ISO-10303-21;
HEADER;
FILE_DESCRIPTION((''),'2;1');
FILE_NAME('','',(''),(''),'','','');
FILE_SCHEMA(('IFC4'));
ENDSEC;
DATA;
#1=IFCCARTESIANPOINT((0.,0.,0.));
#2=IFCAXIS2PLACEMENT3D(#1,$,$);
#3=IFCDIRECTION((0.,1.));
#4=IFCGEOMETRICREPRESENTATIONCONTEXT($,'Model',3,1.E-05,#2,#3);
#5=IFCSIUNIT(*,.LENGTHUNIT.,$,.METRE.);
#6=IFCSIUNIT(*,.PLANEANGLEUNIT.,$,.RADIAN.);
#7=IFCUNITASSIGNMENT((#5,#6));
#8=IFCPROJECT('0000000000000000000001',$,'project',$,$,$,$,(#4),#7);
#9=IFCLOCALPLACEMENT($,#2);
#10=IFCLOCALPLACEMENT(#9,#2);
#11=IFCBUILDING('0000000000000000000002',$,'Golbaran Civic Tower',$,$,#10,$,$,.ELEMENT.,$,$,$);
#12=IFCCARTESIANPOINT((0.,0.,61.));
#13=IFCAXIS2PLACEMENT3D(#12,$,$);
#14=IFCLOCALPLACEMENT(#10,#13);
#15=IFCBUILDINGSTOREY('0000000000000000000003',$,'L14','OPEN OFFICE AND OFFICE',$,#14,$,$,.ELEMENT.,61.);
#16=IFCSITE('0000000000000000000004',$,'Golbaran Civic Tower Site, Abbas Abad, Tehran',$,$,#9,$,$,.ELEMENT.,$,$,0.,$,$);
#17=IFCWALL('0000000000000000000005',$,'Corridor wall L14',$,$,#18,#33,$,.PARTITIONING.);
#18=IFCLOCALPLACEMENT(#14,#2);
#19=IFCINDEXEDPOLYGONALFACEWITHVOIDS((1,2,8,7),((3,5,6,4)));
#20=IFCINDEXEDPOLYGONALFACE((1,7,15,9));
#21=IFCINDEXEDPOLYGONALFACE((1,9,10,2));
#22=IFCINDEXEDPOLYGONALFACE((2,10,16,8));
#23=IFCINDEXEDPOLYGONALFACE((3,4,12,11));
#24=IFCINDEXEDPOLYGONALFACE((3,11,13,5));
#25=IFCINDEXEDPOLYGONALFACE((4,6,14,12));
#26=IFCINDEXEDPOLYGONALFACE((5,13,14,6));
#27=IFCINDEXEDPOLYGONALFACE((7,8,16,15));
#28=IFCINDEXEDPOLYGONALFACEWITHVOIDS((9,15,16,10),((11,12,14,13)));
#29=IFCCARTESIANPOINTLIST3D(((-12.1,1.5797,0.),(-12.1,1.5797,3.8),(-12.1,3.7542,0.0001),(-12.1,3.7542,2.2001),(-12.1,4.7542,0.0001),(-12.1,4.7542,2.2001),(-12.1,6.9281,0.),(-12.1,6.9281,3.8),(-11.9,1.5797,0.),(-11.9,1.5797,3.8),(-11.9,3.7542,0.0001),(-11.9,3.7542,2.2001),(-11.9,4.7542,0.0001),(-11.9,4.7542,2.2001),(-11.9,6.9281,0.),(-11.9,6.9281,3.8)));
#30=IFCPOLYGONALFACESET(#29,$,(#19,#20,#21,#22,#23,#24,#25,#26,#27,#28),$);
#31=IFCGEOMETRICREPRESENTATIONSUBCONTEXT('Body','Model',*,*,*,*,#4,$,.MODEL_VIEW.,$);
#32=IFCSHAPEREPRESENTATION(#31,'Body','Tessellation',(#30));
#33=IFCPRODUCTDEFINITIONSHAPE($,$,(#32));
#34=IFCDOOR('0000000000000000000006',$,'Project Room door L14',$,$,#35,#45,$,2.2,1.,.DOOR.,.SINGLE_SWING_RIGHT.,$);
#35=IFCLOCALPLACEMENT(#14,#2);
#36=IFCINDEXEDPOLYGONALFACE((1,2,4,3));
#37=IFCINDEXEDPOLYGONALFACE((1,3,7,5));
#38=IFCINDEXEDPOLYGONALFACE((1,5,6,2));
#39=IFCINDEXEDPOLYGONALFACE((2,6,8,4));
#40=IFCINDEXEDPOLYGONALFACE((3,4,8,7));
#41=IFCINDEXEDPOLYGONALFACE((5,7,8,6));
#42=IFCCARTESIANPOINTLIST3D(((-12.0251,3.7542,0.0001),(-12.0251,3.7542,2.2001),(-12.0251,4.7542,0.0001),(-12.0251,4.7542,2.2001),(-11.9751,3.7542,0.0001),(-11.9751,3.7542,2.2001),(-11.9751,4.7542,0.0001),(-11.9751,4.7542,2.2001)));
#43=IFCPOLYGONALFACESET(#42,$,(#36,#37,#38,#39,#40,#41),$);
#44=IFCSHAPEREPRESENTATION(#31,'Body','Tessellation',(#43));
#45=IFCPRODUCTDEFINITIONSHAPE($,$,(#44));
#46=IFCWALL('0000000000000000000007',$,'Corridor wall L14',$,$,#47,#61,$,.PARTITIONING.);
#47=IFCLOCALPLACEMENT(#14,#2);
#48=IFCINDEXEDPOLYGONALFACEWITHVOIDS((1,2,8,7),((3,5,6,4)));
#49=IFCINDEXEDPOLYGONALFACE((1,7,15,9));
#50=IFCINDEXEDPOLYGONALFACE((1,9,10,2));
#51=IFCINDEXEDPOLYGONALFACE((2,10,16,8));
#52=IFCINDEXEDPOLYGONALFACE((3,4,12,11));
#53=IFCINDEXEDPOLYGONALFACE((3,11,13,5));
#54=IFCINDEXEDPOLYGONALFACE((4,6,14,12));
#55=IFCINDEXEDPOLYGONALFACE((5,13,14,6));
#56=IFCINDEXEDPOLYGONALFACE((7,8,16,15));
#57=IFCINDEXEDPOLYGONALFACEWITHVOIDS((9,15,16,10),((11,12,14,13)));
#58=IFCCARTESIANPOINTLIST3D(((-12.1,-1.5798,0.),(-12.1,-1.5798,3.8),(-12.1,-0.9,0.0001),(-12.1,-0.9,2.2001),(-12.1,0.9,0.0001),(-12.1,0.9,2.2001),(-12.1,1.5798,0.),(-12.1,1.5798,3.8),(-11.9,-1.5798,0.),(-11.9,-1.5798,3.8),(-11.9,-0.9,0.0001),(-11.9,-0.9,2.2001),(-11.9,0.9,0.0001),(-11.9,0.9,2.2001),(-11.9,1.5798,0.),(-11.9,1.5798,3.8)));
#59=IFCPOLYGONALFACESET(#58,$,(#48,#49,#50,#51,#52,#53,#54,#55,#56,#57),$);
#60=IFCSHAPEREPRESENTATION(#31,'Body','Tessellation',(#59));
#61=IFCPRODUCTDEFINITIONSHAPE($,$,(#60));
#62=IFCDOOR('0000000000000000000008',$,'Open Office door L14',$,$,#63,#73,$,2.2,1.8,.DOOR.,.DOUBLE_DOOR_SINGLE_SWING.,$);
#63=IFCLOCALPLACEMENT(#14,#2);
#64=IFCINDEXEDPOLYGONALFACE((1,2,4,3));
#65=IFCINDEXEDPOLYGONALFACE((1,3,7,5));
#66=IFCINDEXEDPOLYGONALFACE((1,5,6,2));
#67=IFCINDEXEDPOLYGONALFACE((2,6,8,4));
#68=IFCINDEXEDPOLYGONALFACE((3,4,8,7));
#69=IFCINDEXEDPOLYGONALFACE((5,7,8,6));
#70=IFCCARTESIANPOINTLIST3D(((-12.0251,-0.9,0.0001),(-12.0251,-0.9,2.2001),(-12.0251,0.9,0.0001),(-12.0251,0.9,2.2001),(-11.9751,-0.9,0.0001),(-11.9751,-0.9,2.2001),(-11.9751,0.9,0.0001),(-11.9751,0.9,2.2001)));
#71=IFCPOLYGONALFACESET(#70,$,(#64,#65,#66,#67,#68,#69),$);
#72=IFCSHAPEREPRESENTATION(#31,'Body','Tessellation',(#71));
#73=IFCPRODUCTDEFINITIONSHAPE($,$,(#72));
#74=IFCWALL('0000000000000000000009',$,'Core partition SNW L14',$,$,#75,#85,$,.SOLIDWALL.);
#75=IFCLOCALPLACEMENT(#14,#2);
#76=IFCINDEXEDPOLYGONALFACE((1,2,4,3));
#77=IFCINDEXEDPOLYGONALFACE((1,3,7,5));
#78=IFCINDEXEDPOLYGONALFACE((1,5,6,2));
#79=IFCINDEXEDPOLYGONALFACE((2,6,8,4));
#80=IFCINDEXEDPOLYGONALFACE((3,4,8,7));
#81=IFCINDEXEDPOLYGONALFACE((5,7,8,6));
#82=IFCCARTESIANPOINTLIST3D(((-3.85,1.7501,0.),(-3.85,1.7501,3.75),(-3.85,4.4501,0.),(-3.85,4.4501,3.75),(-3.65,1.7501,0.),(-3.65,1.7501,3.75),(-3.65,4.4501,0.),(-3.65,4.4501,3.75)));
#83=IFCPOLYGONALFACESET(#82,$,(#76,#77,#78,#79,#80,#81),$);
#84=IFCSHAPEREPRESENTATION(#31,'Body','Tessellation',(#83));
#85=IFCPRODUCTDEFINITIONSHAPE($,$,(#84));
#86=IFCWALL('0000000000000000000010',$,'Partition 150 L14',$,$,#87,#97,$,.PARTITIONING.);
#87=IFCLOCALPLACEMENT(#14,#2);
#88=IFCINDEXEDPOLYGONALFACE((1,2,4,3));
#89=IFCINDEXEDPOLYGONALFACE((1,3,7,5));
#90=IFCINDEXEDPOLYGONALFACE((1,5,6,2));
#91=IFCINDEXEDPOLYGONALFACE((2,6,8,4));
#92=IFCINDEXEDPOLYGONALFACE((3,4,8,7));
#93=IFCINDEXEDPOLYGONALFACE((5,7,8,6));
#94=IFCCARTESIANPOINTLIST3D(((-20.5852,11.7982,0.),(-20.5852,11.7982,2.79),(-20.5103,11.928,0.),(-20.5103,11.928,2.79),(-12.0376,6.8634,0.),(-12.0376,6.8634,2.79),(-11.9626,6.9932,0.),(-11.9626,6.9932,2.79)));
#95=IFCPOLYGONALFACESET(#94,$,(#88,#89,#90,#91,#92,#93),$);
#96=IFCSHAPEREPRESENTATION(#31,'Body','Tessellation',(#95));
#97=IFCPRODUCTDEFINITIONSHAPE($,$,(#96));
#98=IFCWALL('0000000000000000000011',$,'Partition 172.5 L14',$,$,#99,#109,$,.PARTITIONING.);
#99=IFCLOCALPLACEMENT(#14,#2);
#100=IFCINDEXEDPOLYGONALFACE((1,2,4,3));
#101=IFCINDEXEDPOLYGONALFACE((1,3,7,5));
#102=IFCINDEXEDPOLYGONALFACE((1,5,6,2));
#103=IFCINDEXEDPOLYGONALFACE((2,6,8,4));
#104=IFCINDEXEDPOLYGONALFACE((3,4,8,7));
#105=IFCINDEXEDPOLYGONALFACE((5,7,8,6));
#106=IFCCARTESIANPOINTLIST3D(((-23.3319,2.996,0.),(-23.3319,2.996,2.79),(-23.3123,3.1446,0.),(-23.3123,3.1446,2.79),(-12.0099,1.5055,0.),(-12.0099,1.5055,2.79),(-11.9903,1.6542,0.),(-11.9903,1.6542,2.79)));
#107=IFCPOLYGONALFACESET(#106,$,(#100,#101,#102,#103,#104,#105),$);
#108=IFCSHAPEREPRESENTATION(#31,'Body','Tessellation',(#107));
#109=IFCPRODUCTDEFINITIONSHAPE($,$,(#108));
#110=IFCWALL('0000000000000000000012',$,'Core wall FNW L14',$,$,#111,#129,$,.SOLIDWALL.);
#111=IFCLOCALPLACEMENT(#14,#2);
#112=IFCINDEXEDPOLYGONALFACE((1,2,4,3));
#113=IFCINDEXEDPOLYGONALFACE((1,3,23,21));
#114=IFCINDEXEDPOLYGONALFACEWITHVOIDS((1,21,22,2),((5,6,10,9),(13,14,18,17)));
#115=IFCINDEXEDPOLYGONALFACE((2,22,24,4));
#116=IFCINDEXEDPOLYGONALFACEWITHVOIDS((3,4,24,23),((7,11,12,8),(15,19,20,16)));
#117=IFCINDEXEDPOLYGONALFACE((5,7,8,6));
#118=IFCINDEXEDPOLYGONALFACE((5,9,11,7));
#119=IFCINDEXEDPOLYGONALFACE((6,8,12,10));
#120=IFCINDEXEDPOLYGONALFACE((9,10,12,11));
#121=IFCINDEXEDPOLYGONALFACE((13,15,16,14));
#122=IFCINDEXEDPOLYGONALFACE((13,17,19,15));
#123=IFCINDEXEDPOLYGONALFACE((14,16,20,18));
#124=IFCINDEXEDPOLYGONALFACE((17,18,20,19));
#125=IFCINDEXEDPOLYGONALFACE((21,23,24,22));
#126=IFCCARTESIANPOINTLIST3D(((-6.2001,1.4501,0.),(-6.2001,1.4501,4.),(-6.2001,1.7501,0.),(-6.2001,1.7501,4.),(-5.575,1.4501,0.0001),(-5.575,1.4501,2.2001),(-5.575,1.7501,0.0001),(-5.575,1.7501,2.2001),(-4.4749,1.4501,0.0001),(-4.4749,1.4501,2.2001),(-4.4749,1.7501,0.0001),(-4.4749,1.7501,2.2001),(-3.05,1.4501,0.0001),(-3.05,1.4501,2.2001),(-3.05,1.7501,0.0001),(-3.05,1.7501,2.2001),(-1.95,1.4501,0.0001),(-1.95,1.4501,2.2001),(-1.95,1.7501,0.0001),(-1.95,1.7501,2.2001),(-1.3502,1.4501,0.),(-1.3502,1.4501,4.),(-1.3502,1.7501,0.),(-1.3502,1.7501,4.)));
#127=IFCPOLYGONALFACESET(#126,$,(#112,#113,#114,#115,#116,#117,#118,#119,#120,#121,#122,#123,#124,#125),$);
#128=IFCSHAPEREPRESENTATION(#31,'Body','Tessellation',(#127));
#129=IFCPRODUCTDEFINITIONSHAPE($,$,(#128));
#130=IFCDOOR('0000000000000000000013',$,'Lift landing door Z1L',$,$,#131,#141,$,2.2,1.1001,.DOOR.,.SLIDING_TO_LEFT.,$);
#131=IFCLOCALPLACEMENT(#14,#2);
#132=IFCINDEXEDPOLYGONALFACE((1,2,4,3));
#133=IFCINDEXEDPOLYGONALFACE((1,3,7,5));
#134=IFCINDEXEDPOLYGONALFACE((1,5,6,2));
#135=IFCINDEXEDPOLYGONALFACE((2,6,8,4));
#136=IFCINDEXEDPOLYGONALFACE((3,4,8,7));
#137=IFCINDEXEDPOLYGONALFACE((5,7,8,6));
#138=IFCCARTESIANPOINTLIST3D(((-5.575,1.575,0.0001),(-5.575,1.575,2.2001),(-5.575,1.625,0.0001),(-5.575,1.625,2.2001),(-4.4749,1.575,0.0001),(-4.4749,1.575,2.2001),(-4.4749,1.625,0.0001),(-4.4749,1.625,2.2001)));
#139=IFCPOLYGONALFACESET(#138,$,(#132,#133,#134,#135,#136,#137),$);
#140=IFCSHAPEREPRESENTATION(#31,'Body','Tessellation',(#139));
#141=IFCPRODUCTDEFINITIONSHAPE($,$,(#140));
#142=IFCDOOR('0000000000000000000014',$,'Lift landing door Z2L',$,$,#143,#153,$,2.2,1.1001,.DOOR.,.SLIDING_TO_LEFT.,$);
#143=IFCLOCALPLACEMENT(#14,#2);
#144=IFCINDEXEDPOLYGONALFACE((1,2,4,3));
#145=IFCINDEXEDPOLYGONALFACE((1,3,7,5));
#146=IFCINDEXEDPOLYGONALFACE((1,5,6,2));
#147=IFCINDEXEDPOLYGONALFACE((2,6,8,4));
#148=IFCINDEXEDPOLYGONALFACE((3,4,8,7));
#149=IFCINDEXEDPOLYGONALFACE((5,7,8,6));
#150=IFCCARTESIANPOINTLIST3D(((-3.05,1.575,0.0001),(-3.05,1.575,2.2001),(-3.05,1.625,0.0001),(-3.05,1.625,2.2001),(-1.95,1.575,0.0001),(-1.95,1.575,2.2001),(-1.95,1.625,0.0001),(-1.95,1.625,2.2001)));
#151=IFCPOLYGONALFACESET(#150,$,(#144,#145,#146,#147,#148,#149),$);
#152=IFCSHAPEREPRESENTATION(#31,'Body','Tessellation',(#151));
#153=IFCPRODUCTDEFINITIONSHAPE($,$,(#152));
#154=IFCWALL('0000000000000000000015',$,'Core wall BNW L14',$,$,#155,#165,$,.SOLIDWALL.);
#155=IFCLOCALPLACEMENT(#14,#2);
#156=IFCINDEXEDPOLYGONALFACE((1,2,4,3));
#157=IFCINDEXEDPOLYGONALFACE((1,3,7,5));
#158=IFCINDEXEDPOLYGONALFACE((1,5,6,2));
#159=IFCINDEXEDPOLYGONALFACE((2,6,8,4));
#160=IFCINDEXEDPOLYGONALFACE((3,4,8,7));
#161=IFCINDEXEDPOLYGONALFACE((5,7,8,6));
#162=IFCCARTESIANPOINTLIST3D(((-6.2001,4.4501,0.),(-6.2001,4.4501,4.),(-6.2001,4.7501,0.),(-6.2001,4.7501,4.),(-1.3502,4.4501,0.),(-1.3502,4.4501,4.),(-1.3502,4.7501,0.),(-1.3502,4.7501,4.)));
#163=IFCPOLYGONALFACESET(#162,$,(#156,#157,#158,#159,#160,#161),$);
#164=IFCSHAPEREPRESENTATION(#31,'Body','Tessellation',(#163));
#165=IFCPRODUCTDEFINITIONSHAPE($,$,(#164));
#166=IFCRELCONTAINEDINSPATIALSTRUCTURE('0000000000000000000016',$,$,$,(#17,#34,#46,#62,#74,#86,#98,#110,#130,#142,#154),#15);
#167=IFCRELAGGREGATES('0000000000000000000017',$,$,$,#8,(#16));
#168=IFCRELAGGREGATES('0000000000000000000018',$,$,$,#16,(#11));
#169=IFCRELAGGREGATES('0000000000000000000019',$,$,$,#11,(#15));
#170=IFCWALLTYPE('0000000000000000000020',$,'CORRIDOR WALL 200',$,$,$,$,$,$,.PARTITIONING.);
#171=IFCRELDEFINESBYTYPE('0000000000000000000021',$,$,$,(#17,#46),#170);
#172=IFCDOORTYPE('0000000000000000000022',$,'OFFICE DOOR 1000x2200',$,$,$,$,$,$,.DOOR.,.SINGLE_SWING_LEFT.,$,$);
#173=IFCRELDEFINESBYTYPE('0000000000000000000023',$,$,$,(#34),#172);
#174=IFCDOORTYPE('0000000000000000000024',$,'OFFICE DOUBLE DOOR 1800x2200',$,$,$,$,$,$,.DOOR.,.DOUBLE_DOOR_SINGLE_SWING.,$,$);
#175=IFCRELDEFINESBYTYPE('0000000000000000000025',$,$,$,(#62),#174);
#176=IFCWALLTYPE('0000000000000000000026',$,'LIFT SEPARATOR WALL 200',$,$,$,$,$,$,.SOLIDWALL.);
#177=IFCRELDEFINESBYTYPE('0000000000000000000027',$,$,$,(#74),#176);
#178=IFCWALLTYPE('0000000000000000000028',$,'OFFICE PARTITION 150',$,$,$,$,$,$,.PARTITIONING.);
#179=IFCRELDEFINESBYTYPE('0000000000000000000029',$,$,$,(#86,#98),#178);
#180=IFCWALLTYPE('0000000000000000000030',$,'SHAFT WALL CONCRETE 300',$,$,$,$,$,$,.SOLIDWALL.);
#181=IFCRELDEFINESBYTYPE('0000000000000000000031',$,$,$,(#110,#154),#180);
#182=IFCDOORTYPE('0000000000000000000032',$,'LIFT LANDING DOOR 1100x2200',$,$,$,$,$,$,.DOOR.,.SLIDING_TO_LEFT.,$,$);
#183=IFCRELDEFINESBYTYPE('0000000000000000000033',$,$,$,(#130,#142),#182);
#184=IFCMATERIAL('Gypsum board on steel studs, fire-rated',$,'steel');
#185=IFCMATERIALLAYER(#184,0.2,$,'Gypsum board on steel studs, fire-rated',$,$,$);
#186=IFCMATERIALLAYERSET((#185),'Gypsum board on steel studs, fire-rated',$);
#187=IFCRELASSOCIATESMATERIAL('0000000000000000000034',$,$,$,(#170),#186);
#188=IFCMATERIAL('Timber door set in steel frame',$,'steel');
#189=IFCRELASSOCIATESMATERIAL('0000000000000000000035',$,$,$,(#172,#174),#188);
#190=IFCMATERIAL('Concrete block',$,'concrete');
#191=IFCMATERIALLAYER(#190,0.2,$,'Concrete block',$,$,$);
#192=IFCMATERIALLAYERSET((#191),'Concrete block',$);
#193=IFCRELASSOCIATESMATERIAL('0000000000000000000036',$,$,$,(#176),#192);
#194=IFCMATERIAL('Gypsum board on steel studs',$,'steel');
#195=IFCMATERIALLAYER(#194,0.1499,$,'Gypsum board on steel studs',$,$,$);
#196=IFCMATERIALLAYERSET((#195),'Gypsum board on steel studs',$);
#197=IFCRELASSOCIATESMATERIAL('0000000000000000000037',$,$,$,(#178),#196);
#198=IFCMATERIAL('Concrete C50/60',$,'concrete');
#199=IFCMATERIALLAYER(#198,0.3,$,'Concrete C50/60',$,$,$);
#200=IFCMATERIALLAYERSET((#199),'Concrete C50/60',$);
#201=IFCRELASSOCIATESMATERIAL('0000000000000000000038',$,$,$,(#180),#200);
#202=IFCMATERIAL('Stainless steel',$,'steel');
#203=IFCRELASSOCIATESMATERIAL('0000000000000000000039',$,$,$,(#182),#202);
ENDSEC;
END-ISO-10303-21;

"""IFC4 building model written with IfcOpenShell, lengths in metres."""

from ifc_helpers import new_model, si_unit, direction, frame, frame_2d, origin, place, context, subcontext, project, spatial, rectangle, extrude, material, layer, layer_set, type_object, element, fill, save


model = new_model("IFC4")

# Units and contexts
model_context = context("Model", 3, precision=1e-05, world=origin(), true_north=direction((0.0, 1.0)))
body_context = subcontext(model_context, "Body", "Model", "MODEL_VIEW")
ifc_project = project(units=[si_unit("LENGTHUNIT", "METRE"), si_unit("PLANEANGLEUNIT", "RADIAN")], contexts=[model_context])

# Site, building, storey
site_placement = place(None, origin())
site = spatial("IfcSite", under=ifc_project, at=site_placement, Name="Golbaran Civic Tower Site, Abbas Abad, Tehran", CompositionType="ELEMENT", RefElevation=0.0)
building_placement = place(site_placement, origin())
building = spatial("IfcBuilding", under=site, at=building_placement, Name="Golbaran Civic Tower", CompositionType="ELEMENT")
storey_placement = place(building_placement, frame((0.0, 0.0, 61.0)))
storey = spatial("IfcBuildingStorey", under=building, at=storey_placement, Name="L14", Description="OPEN OFFICE AND OFFICE", CompositionType="ELEMENT", Elevation=61.0)

# Walls, openings, doors
ifc_material_1 = material(Name="Gypsum board on steel studs, fire-rated", Category="steel")
ifc_layer_1 = layer(ifc_material_1, 0.2, Name="Gypsum board on steel studs, fire-rated")
ifc_layer_set_1 = layer_set([ifc_layer_1], Name="Gypsum board on steel studs, fire-rated")
wall_type_1 = type_object("IfcWallType", Name="CORRIDOR WALL 200", PredefinedType="PARTITIONING", material=ifc_layer_set_1)
wall_1_placement = place(storey_placement, frame((-12.0, 6.9282, 0.0), z_axis=(0.0, 0.0, 1.0), x_axis=(0.0, -1.0, 0.0)))
wall_1 = element("IfcWall", 1, at=wall_1_placement, inside=storey, type_object=wall_type_1, Name="Corridor wall L14", PredefinedType="PARTITIONING", context=body_context, shape_type="SweptSolid", body=[
    extrude(rectangle(XDim=5.3484, YDim=0.2, at=frame_2d((2.6743, 0.0))), origin(), (0.0, 0.0, 1.0), 3.8),
])
opening_1_placement = place(wall_1_placement, frame((2.1741, 0.0, 0.0)))
opening_1 = element("IfcOpeningElement", 2, at=opening_1_placement, cuts=wall_1, PredefinedType="OPENING", context=body_context, shape_type="SweptSolid", body=[
    extrude(rectangle(XDim=1.0, YDim=2.2, at=frame_2d((0.5, 1.1001))), frame((0.0, 0.1099, 0.0), z_axis=(0.0, -1.0, 0.0), x_axis=(1.0, 0.0, 0.0)), (0.0, 0.0, 1.0), 0.22),
])
ifc_material_2 = material(Name="Timber door set in steel frame", Category="steel")
door_type_1 = type_object("IfcDoorType", Name="OFFICE DOOR 1000x2200", OperationType="SINGLE_SWING_LEFT", PredefinedType="DOOR", material=ifc_material_2)
door_1_placement = place(opening_1_placement, origin())
door_1 = element("IfcDoor", 3, at=door_1_placement, inside=storey, type_object=door_type_1, Name="Project Room door L14", OperationType="SINGLE_SWING_RIGHT", OverallHeight=2.2, OverallWidth=1.0, PredefinedType="DOOR", context=body_context, shape_type="SweptSolid", body=[
    extrude(rectangle(XDim=1.0, YDim=2.2, at=frame_2d((0.5, 1.1001))), frame((0.0, 0.0249, 0.0), z_axis=(0.0, -1.0, 0.0), x_axis=(1.0, 0.0, 0.0)), (0.0, 0.0, 1.0), 0.05),
])
fill(opening_1, door_1)
wall_2_placement = place(storey_placement, frame((-12.0, 1.5798, 0.0), z_axis=(0.0, 0.0, 1.0), x_axis=(0.0, -1.0, 0.0)))
wall_2 = element("IfcWall", 4, at=wall_2_placement, inside=storey, type_object=wall_type_1, Name="Corridor wall L14", PredefinedType="PARTITIONING", context=body_context, shape_type="SweptSolid", body=[
    extrude(rectangle(XDim=3.1597, YDim=0.2, at=frame_2d((1.5798, 0.0))), origin(), (0.0, 0.0, 1.0), 3.8),
])
opening_2_placement = place(wall_2_placement, frame((0.6799, 0.0, 0.0)))
opening_2 = element("IfcOpeningElement", 5, at=opening_2_placement, cuts=wall_2, PredefinedType="OPENING", context=body_context, shape_type="SweptSolid", body=[
    extrude(rectangle(XDim=1.8, YDim=2.2, at=frame_2d((0.8999, 1.1001))), frame((0.0, 0.1099, 0.0), z_axis=(0.0, -1.0, 0.0), x_axis=(1.0, 0.0, 0.0)), (0.0, 0.0, 1.0), 0.22),
])
door_type_2 = type_object("IfcDoorType", Name="OFFICE DOUBLE DOOR 1800x2200", OperationType="DOUBLE_DOOR_SINGLE_SWING", PredefinedType="DOOR", material=ifc_material_2)
door_2_placement = place(opening_2_placement, origin())
door_2 = element("IfcDoor", 6, at=door_2_placement, inside=storey, type_object=door_type_2, Name="Open Office door L14", OperationType="DOUBLE_DOOR_SINGLE_SWING", OverallHeight=2.2, OverallWidth=1.8, PredefinedType="DOOR", context=body_context, shape_type="SweptSolid", body=[
    extrude(rectangle(XDim=1.8, YDim=2.2, at=frame_2d((0.8999, 1.1001))), frame((0.0, 0.0249, 0.0), z_axis=(0.0, -1.0, 0.0), x_axis=(1.0, 0.0, 0.0)), (0.0, 0.0, 1.0), 0.05),
])
fill(opening_2, door_2)

# Walls
ifc_material_3 = material(Name="Concrete block", Category="concrete")
ifc_layer_2 = layer(ifc_material_3, 0.2, Name="Concrete block")
ifc_layer_set_2 = layer_set([ifc_layer_2], Name="Concrete block")
wall_type_2 = type_object("IfcWallType", Name="LIFT SEPARATOR WALL 200", PredefinedType="SOLIDWALL", material=ifc_layer_set_2)
wall_3_placement = place(storey_placement, frame((-3.75, 1.75, 0.0), z_axis=(0.0, 0.0, 1.0), x_axis=(0.0, 1.0, 0.0)))
element("IfcWall", 7, at=wall_3_placement, inside=storey, type_object=wall_type_2, Name="Core partition SNW L14", PredefinedType="SOLIDWALL", context=body_context, shape_type="SweptSolid", body=[
    extrude(rectangle(XDim=2.7, YDim=0.2, at=frame_2d((1.3501, 0.0))), origin(), (0.0, 0.0, 1.0), 3.75),
])
ifc_material_4 = material(Name="Gypsum board on steel studs", Category="steel")
ifc_layer_3 = layer(ifc_material_4, 0.1499, Name="Gypsum board on steel studs")
ifc_layer_set_3 = layer_set([ifc_layer_3], Name="Gypsum board on steel studs")
wall_type_3 = type_object("IfcWallType", Name="OFFICE PARTITION 150", PredefinedType="PARTITIONING", material=ifc_layer_set_3)
wall_4_placement = place(storey_placement, frame((-12.0, 6.9282, 0.0), z_axis=(0.0, 0.0, 1.0), x_axis=(-0.866032, 0.499989, 0.0)))
element("IfcWall", 8, at=wall_4_placement, inside=storey, type_object=wall_type_3, Name="Partition 150 L14", PredefinedType="PARTITIONING", context=body_context, shape_type="SweptSolid", body=[
    extrude(rectangle(XDim=9.8699, YDim=0.1499, at=frame_2d((4.9351, 0.0))), origin(), (0.0, 0.0, 1.0), 2.79),
])
wall_5_placement = place(storey_placement, frame((-12.0, 1.5798, 0.0), z_axis=(0.0, 0.0, 1.0), x_axis=(-0.991446, 0.130518, 0.0)))
element("IfcWall", 9, at=wall_5_placement, inside=storey, type_object=wall_type_3, Name="Partition 172.5 L14", PredefinedType="PARTITIONING", context=body_context, shape_type="SweptSolid", body=[
    extrude(rectangle(XDim=11.4197, YDim=0.1499, at=frame_2d((5.71, 0.0))), origin(), (0.0, 0.0, 1.0), 2.79),
])

# Wall, openings, doors
ifc_material_5 = material(Name="Concrete C50/60", Category="concrete")
ifc_layer_4 = layer(ifc_material_5, 0.3, Name="Concrete C50/60")
ifc_layer_set_4 = layer_set([ifc_layer_4], Name="Concrete C50/60")
wall_type_4 = type_object("IfcWallType", Name="SHAFT WALL CONCRETE 300", PredefinedType="SOLIDWALL", material=ifc_layer_set_4)
wall_6_placement = place(storey_placement, frame((-6.2, 1.6001, 0.0), z_axis=(0.0, 0.0, 1.0), x_axis=(1.0, 0.0, 0.0)))
wall_6 = element("IfcWall", 10, at=wall_6_placement, inside=storey, type_object=wall_type_4, Name="Core wall FNW L14", PredefinedType="SOLIDWALL", context=body_context, shape_type="SweptSolid", body=[
    extrude(rectangle(XDim=4.8499, YDim=0.3, at=frame_2d((2.4248, 0.0))), origin(), (0.0, 0.0, 1.0), 4.0),
])
opening_3_placement = place(wall_6_placement, frame((0.625, 0.0, 0.0)))
opening_3 = element("IfcOpeningElement", 11, at=opening_3_placement, cuts=wall_6, PredefinedType="OPENING", context=body_context, shape_type="SweptSolid", body=[
    extrude(rectangle(XDim=1.1001, YDim=2.2, at=frame_2d((0.55, 1.1001))), frame((0.0, 0.1599, 0.0), z_axis=(0.0, -1.0, 0.0), x_axis=(1.0, 0.0, 0.0)), (0.0, 0.0, 1.0), 0.3201),
])
opening_4_placement = place(wall_6_placement, frame((3.1499, 0.0, 0.0)))
opening_4 = element("IfcOpeningElement", 12, at=opening_4_placement, cuts=wall_6, PredefinedType="OPENING", context=body_context, shape_type="SweptSolid", body=[
    extrude(rectangle(XDim=1.1001, YDim=2.2, at=frame_2d((0.55, 1.1001))), frame((0.0, 0.1599, 0.0), z_axis=(0.0, -1.0, 0.0), x_axis=(1.0, 0.0, 0.0)), (0.0, 0.0, 1.0), 0.3201),
])
ifc_material_6 = material(Name="Stainless steel", Category="steel")
door_type_3 = type_object("IfcDoorType", Name="LIFT LANDING DOOR 1100x2200", OperationType="SLIDING_TO_LEFT", PredefinedType="DOOR", material=ifc_material_6)
door_3_placement = place(opening_3_placement, origin())
door_3 = element("IfcDoor", 13, at=door_3_placement, inside=storey, type_object=door_type_3, Name="Lift landing door Z1L", OperationType="SLIDING_TO_LEFT", OverallHeight=2.2, OverallWidth=1.1001, PredefinedType="DOOR", context=body_context, shape_type="SweptSolid", body=[
    extrude(rectangle(XDim=1.1001, YDim=2.2, at=frame_2d((0.55, 1.1001))), frame((0.0, 0.0249, 0.0), z_axis=(0.0, -1.0, 0.0), x_axis=(1.0, 0.0, 0.0)), (0.0, 0.0, 1.0), 0.05),
])
fill(opening_3, door_3)
door_4_placement = place(opening_4_placement, origin())
door_4 = element("IfcDoor", 14, at=door_4_placement, inside=storey, type_object=door_type_3, Name="Lift landing door Z2L", OperationType="SLIDING_TO_LEFT", OverallHeight=2.2, OverallWidth=1.1001, PredefinedType="DOOR", context=body_context, shape_type="SweptSolid", body=[
    extrude(rectangle(XDim=1.1001, YDim=2.2, at=frame_2d((0.55, 1.1001))), frame((0.0, 0.0249, 0.0), z_axis=(0.0, -1.0, 0.0), x_axis=(1.0, 0.0, 0.0)), (0.0, 0.0, 1.0), 0.05),
])
fill(opening_4, door_4)

# Wall
wall_7_placement = place(storey_placement, frame((-6.2, 4.6001, 0.0), z_axis=(0.0, 0.0, 1.0), x_axis=(1.0, 0.0, 0.0)))
element("IfcWall", 15, at=wall_7_placement, inside=storey, type_object=wall_type_4, Name="Core wall BNW L14", PredefinedType="SOLIDWALL", context=body_context, shape_type="SweptSolid", body=[
    extrude(rectangle(XDim=4.8499, YDim=0.3, at=frame_2d((2.4248, 0.0))), origin(), (0.0, 0.0, 1.0), 4.0),
])

save(model, "model.ifc")
